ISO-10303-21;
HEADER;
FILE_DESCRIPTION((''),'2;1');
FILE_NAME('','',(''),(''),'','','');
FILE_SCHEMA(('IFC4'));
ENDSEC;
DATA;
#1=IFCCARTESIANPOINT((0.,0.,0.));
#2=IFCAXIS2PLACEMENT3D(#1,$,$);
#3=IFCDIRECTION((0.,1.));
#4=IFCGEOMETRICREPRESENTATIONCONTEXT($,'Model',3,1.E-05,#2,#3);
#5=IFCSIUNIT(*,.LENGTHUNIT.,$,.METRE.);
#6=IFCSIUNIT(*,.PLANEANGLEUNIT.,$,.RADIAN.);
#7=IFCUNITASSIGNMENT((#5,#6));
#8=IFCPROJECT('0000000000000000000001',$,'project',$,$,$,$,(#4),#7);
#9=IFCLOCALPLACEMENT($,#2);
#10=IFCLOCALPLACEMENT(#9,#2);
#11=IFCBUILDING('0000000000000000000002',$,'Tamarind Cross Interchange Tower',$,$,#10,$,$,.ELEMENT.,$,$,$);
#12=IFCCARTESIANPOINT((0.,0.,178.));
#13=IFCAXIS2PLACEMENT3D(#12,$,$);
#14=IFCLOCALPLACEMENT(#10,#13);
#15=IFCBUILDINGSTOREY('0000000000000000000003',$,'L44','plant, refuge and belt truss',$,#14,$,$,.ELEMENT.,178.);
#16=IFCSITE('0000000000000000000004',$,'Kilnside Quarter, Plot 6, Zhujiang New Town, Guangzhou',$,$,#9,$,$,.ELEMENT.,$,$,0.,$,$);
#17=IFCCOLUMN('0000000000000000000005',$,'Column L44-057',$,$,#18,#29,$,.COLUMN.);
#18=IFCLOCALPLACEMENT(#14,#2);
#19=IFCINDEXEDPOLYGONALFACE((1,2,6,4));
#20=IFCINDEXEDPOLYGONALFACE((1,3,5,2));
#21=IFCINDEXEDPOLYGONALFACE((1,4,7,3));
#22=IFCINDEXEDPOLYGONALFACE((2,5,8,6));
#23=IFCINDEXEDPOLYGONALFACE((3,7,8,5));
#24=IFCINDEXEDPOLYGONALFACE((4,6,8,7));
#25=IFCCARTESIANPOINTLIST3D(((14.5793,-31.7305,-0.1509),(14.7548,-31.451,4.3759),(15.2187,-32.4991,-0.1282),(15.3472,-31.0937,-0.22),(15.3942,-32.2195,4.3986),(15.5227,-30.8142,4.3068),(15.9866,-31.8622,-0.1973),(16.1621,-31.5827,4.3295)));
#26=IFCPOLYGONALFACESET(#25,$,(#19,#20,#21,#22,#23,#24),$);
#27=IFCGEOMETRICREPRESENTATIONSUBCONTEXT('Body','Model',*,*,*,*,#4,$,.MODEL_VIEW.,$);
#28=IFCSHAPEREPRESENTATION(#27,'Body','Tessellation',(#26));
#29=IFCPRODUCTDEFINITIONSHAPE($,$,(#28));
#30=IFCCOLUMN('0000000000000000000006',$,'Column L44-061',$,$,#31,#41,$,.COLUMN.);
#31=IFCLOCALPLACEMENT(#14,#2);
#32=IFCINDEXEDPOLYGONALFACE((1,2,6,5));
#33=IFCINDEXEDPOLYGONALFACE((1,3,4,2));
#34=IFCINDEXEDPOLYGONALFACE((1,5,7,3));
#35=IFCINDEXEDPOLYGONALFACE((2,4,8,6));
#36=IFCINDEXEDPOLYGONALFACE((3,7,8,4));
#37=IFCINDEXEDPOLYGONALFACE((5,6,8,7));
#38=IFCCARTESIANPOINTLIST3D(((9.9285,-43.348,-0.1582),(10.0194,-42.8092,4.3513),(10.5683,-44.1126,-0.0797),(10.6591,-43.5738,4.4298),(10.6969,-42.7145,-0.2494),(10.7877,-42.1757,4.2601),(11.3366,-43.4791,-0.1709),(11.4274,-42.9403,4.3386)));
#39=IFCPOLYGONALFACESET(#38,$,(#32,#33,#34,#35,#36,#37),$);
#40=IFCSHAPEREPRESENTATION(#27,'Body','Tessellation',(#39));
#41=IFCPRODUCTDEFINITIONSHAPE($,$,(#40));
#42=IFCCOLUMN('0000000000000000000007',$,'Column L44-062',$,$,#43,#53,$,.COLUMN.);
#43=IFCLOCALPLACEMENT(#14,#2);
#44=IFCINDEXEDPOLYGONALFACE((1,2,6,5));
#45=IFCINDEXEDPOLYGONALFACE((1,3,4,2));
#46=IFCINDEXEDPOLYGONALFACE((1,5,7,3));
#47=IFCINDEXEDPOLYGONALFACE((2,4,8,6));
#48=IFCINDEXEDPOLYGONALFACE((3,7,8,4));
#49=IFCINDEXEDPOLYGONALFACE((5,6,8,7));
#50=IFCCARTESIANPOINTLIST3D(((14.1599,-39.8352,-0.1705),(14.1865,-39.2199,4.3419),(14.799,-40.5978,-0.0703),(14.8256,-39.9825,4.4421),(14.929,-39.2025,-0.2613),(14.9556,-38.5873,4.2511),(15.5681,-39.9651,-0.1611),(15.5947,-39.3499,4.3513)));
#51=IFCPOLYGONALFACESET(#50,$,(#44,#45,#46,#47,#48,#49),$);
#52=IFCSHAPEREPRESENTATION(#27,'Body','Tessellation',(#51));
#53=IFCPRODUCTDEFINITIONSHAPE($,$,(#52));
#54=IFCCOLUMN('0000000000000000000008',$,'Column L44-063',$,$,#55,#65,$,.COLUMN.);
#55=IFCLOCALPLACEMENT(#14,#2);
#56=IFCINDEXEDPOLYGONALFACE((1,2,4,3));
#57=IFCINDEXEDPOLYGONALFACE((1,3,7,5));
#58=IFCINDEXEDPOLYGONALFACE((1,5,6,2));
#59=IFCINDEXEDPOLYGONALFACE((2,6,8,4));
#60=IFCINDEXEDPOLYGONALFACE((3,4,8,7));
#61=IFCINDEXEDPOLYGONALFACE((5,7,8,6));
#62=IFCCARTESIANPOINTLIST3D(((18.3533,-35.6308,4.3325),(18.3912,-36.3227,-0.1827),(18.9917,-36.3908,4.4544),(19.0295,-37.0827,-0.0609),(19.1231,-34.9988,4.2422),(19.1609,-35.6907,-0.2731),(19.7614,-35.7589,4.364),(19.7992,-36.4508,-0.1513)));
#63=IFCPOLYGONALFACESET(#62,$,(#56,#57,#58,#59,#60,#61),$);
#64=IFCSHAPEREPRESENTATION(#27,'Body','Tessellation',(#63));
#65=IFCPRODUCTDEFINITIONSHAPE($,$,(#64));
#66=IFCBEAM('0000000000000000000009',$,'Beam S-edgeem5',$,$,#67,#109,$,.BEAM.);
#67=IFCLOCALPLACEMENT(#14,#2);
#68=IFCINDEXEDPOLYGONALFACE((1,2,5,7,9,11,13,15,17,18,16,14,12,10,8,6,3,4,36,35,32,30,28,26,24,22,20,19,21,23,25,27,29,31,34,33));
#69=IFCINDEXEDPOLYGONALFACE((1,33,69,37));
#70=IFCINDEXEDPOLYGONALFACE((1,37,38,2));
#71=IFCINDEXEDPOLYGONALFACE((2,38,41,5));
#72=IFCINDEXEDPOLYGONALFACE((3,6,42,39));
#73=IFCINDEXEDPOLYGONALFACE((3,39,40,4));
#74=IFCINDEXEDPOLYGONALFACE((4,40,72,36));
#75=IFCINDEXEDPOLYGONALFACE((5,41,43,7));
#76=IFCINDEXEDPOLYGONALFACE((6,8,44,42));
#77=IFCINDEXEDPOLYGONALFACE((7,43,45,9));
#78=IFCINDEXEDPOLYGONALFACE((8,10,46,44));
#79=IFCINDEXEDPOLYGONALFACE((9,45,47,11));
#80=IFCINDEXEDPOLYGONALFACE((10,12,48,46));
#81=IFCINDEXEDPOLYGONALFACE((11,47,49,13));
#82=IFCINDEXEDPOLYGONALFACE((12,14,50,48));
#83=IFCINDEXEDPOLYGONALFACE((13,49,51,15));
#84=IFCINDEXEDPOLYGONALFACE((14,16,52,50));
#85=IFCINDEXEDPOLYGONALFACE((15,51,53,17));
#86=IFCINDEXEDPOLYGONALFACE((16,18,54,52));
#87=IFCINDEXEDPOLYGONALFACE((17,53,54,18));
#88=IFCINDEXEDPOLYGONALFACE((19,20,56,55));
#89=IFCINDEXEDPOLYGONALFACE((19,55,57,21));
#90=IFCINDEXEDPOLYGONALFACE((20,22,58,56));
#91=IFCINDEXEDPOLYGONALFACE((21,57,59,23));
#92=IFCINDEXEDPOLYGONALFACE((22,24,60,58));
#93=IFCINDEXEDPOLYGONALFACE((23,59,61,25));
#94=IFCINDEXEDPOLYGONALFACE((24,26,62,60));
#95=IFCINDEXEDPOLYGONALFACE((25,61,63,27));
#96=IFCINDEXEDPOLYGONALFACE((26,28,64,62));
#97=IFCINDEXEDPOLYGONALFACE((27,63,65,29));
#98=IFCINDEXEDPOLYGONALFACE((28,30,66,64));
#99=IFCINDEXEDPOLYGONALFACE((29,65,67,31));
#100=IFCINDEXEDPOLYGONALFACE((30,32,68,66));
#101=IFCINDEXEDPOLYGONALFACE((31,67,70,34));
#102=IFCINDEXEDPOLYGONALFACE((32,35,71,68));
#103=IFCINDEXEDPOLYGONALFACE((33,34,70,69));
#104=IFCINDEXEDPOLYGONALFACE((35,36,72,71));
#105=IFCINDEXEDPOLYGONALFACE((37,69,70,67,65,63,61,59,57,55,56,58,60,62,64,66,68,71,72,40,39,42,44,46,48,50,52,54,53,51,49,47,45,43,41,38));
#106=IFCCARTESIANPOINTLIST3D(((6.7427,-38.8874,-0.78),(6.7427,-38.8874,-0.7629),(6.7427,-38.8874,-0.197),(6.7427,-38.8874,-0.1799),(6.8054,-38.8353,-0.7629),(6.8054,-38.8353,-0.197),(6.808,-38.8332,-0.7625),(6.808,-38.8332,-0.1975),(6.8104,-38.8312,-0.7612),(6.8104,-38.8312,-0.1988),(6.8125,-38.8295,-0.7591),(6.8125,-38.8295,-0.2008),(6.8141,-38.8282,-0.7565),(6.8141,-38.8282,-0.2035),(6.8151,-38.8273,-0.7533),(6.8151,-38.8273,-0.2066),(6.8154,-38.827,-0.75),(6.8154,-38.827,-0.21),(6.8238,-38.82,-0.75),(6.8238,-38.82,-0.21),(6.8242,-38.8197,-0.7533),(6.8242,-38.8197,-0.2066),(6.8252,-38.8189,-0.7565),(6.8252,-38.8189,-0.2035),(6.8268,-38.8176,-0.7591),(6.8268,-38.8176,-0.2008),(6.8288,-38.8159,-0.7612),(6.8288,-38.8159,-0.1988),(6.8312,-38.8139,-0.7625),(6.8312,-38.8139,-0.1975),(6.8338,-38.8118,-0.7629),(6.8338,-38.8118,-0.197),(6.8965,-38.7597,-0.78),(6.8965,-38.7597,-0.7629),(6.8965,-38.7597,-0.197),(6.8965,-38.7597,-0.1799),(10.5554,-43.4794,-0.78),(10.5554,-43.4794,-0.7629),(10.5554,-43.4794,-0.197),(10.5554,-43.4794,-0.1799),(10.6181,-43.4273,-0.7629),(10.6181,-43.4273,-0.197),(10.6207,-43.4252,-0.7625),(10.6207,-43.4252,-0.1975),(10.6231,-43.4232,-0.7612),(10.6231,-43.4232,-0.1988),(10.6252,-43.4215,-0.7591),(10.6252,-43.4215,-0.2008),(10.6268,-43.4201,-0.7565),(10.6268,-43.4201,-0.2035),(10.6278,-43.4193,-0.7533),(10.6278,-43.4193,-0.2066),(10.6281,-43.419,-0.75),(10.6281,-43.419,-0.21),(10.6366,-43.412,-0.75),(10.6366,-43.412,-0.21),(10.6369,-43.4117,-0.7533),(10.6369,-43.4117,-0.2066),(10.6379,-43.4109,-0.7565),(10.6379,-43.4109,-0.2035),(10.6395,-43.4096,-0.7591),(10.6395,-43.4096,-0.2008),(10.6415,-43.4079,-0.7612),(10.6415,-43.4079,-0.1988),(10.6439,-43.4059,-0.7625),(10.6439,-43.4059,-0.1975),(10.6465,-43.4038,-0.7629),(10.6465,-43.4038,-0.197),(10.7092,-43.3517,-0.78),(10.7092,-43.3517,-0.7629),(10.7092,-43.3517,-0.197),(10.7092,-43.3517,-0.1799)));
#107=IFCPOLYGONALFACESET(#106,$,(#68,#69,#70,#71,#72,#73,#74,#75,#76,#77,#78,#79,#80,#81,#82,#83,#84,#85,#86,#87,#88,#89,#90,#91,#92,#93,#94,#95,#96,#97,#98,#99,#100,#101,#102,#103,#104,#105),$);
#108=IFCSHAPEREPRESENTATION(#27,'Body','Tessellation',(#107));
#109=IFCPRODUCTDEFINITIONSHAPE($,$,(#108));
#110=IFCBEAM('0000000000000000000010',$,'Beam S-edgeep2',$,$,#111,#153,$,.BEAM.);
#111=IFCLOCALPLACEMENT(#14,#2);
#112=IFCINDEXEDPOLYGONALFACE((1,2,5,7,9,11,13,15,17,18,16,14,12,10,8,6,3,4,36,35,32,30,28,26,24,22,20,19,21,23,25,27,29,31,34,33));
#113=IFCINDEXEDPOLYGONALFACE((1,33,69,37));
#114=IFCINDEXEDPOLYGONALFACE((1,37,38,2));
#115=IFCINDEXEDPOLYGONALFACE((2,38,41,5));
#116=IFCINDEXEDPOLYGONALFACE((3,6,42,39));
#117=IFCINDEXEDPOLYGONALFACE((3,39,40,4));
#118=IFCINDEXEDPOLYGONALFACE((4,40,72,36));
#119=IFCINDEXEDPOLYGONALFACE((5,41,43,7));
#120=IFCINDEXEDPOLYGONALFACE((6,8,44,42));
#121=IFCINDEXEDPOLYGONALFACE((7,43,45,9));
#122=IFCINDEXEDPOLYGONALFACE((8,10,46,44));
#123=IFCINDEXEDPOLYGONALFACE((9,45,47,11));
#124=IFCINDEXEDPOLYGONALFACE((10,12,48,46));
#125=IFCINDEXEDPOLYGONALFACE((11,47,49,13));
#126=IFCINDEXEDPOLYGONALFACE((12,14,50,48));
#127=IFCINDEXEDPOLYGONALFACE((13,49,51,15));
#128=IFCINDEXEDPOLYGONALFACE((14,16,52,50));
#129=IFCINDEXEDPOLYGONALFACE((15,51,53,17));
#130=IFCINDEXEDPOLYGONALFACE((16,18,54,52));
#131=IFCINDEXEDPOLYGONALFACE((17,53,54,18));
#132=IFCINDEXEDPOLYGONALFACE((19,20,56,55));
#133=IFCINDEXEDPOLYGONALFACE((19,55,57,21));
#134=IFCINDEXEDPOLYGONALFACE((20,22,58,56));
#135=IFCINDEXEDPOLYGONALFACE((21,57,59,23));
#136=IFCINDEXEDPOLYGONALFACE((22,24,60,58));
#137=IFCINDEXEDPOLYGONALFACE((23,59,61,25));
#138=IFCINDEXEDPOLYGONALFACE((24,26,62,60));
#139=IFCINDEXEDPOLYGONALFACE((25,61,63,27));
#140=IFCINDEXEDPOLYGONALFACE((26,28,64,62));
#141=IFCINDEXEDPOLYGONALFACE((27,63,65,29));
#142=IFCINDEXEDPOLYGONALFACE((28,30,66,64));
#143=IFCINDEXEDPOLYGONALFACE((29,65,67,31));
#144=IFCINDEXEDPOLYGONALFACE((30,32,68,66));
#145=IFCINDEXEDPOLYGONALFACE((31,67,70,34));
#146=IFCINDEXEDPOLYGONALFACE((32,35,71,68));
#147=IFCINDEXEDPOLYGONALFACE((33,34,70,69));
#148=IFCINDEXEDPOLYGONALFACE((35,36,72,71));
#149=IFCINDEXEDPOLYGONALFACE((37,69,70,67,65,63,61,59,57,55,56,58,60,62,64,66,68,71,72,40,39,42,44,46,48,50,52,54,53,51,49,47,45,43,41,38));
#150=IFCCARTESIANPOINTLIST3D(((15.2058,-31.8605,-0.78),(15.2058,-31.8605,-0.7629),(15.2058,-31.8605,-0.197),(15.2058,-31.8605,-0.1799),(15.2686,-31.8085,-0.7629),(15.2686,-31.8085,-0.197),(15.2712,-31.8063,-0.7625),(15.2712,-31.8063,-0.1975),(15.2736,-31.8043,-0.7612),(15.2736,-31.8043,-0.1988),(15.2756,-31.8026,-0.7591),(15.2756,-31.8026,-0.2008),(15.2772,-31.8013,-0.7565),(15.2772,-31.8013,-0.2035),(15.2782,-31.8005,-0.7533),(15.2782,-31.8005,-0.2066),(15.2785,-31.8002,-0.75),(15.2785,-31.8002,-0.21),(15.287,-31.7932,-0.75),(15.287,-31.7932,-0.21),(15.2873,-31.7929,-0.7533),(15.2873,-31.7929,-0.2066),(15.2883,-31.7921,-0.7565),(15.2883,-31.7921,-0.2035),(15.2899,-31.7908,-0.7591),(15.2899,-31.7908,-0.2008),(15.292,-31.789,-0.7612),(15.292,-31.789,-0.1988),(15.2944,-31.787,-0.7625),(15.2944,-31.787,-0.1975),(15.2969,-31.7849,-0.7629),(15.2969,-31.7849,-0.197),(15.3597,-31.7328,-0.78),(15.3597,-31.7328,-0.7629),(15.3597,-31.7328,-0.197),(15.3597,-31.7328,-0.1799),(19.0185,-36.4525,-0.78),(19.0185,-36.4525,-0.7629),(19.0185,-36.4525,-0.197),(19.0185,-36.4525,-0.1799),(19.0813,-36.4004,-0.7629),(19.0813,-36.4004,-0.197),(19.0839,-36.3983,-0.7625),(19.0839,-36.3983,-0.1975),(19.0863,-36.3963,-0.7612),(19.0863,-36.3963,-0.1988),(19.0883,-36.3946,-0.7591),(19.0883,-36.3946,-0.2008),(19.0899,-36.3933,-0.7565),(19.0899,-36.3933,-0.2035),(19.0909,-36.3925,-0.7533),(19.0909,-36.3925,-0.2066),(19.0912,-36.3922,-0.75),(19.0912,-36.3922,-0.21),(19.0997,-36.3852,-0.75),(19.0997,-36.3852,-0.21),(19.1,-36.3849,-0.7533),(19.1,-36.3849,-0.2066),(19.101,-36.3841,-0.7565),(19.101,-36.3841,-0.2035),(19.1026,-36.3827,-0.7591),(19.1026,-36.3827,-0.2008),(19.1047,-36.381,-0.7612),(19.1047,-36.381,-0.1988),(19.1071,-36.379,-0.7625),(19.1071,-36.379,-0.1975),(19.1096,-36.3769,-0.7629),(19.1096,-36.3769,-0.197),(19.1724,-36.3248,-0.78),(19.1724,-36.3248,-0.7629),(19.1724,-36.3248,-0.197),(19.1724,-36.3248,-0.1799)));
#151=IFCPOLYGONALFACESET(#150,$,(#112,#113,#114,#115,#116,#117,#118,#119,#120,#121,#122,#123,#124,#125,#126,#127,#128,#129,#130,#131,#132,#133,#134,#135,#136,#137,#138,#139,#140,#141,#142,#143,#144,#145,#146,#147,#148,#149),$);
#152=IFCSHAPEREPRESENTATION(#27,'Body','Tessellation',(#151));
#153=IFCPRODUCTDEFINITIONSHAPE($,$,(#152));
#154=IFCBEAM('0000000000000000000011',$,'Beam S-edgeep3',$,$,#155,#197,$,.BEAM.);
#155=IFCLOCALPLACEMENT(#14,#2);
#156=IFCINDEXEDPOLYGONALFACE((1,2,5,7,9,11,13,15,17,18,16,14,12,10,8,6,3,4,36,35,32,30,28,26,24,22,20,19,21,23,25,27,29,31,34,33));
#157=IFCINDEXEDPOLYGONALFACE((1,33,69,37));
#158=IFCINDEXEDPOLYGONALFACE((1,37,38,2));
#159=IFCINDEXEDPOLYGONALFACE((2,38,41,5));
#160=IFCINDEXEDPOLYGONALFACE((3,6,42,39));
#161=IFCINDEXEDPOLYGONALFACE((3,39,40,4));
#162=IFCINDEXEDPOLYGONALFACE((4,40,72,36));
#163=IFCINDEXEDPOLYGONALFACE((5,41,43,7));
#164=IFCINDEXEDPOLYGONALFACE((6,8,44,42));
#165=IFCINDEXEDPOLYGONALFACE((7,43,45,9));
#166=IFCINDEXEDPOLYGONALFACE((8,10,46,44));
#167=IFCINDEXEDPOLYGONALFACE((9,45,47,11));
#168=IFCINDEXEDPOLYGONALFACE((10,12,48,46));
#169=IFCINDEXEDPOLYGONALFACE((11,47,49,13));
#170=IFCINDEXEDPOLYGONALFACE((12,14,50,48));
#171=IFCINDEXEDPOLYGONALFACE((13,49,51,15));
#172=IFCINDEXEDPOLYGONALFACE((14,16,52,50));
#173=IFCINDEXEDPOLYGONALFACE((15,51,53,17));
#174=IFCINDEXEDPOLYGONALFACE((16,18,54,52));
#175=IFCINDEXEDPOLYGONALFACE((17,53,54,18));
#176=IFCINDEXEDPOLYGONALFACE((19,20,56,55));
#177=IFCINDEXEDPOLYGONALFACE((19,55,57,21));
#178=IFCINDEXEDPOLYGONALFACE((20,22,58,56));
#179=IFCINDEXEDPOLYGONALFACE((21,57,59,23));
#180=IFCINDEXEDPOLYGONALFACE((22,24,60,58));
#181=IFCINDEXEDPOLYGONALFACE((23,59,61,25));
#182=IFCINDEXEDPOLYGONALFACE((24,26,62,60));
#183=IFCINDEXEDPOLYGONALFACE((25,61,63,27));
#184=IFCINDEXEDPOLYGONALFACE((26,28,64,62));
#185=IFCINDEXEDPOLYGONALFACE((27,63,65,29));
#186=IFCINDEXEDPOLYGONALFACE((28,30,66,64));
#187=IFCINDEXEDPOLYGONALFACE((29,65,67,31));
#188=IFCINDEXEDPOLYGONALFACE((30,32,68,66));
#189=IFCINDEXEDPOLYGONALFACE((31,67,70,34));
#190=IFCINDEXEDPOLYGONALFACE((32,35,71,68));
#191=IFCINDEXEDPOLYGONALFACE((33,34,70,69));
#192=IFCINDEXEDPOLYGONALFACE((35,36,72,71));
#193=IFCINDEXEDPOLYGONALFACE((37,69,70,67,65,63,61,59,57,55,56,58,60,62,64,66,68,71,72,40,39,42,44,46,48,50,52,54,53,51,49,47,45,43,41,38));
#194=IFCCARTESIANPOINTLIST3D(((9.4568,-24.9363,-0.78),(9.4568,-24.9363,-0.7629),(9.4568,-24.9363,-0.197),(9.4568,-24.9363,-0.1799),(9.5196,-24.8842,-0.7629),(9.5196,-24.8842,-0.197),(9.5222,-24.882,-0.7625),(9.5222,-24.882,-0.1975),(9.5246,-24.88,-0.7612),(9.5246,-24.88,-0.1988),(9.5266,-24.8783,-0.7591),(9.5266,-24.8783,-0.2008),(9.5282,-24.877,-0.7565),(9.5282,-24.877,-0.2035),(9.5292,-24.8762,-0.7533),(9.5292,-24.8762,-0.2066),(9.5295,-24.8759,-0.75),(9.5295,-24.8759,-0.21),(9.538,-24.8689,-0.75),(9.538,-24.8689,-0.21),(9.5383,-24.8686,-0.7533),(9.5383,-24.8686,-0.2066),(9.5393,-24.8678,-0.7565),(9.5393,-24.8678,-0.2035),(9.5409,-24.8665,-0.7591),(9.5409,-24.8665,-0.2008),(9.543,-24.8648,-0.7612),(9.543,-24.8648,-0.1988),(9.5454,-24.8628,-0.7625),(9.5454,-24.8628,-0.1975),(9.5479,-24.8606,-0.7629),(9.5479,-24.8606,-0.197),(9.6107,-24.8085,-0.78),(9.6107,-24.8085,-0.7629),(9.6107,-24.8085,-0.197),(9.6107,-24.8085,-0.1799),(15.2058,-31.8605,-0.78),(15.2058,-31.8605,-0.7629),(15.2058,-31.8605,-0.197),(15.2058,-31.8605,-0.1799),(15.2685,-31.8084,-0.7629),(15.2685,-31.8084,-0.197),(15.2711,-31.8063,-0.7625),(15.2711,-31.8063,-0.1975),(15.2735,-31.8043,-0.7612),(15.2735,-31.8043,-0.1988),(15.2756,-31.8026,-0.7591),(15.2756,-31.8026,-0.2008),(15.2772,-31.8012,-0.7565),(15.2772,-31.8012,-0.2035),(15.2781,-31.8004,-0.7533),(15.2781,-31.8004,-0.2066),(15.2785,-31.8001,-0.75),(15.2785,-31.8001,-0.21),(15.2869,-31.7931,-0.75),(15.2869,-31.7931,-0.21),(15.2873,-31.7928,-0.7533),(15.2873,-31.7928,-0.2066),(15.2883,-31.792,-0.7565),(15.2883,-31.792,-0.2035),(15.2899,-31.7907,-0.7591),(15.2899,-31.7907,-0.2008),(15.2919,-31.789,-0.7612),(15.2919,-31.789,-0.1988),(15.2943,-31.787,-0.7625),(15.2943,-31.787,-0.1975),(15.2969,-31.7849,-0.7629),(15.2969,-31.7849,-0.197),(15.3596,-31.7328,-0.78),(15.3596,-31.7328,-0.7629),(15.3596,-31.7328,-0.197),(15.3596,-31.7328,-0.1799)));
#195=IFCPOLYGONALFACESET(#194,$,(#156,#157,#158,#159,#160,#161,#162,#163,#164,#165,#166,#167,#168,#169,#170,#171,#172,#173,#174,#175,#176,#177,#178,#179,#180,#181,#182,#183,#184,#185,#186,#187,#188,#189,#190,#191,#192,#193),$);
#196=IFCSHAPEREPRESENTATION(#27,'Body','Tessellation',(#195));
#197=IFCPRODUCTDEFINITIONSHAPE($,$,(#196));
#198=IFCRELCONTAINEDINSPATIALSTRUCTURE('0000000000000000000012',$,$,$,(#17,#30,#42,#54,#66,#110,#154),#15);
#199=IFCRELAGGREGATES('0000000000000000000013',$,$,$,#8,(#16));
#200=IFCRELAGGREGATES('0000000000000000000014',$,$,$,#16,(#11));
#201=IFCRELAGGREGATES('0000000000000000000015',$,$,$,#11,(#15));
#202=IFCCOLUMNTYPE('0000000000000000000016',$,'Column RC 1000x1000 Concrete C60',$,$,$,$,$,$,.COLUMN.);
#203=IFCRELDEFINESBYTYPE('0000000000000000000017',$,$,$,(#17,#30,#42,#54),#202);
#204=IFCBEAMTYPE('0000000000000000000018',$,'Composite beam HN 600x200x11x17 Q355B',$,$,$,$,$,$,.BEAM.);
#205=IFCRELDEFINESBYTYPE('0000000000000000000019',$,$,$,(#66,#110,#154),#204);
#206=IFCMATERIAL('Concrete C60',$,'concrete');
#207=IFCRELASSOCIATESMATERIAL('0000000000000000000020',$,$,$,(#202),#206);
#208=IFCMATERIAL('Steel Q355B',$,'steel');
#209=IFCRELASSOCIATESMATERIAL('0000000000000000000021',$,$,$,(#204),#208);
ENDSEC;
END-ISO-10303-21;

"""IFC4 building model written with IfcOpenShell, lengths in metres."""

from ifc_helpers import new_model, si_unit, direction, frame, origin, origin_2d, place, context, subcontext, project, spatial, rectangle, i_section, extrude, material, material_profile, profile_set, type_object, element, save


model = new_model("IFC4")

# Units and contexts
model_context = context("Model", 3, precision=1e-05, world=origin(), true_north=direction((0.0, 1.0)))
body_context = subcontext(model_context, "Body", "Model", "MODEL_VIEW")
ifc_project = project(units=[si_unit("LENGTHUNIT", "METRE"), si_unit("PLANEANGLEUNIT", "RADIAN")], contexts=[model_context])

# Site, building, storey
site_placement = place(None, origin())
site = spatial("IfcSite", under=ifc_project, at=site_placement, Name="Kilnside Quarter, Plot 6, Zhujiang New Town, Guangzhou", CompositionType="ELEMENT", RefElevation=0.0)
building_placement = place(site_placement, origin())
building = spatial("IfcBuilding", under=site, at=building_placement, Name="Tamarind Cross Interchange Tower", CompositionType="ELEMENT")
storey_placement = place(building_placement, frame((0.0, 0.0, 178.0)))
storey = spatial("IfcBuildingStorey", under=building, at=storey_placement, Name="L44", Description="plant, refuge and belt truss", CompositionType="ELEMENT", Elevation=178.0)

# Columns
ifc_material_1 = material(Name="Concrete C60", Category="concrete")
ifc_material_profile_1 = material_profile(ifc_material_1, rectangle(XDim=1.0, YDim=1.0, at=origin_2d()), Name="RC 1000x1000")
ifc_profile_set_1 = profile_set([ifc_material_profile_1], Name="Concrete C60")
column_type = type_object("IfcColumnType", Name="Column RC 1000x1000 Concrete C60", PredefinedType="COLUMN", material=ifc_profile_set_1)
column_1_placement = place(storey_placement, frame((15.283, -31.7964, -0.1741), z_axis=(0.038674, 0.061588, 0.997352), x_axis=(-0.7679, -0.636831, 0.069102)))
element("IfcColumn", 1, at=column_1_placement, inside=storey, type_object=column_type, Name="Column L44-057", PredefinedType="COLUMN", context=body_context, shape_type="SweptSolid", body=[
    extrude(rectangle(XDim=1.0, YDim=1.0, at=origin_2d()), origin(), (0.0, 0.0, 1.0), 4.5388),
])
column_2_placement = place(storey_placement, frame((10.6326, -43.4136, -0.1646), z_axis=(0.019993, 0.118617, 0.992739), x_axis=(-0.768334, -0.633522, 0.09117)))
element("IfcColumn", 2, at=column_2_placement, inside=storey, type_object=column_type, Name="Column L44-061", PredefinedType="COLUMN", context=body_context, shape_type="SweptSolid", body=[
    extrude(rectangle(XDim=1.0, YDim=1.0, at=origin_2d()), origin(), (0.0, 0.0, 1.0), 4.5425),
])
column_3_placement = place(storey_placement, frame((14.864, -39.9001, -0.1658), z_axis=(0.005843, 0.135089, 0.990816), x_axis=(-0.769118, -0.632626, 0.090789)))
element("IfcColumn", 3, at=column_3_placement, inside=storey, type_object=column_type, Name="Column L44-062", PredefinedType="COLUMN", context=body_context, shape_type="SweptSolid", body=[
    extrude(rectangle(XDim=1.0, YDim=1.0, at=origin_2d()), origin(), (0.0, 0.0, 1.0), 4.5542),
])
column_4_placement = place(storey_placement, frame((19.0952, -36.3867, -0.167), z_axis=(-0.008284, 0.151466, 0.988428), x_axis=(-0.769718, -0.631952, 0.090389)))
element("IfcColumn", 4, at=column_4_placement, inside=storey, type_object=column_type, Name="Column L44-063", PredefinedType="COLUMN", context=body_context, shape_type="SweptSolid", body=[
    extrude(rectangle(XDim=1.0, YDim=1.0, at=origin_2d()), origin(), (0.0, 0.0, 1.0), 4.5681),
])

# Beams
ifc_material_2 = material(Name="Steel Q355B", Category="steel")
ifc_material_profile_2 = material_profile(ifc_material_2, i_section(OverallWidth=0.2, OverallDepth=0.6001, WebThickness=0.011, FlangeThickness=0.0171, FilletRadius=0.0129, at=origin_2d()), Name="HN 600x200x11x17")
ifc_profile_set_2 = profile_set([ifc_material_profile_2], Name="Steel Q355B")
beam_type_1 = type_object("IfcBeamType", Name="Composite beam HN 600x200x11x17 Q355B", PredefinedType="BEAM", material=ifc_profile_set_2)
for number, where, z_axis, x_axis, name in (
    (5, (10.6323, -43.4155, -0.48), (-0.638803, 0.76937, 0.0), (-0.76937, -0.638803, 0.0), "Beam S-edgeem5"),
    (6, (19.0955, -36.3887, -0.48), (-0.638803, 0.76937, 0.0), (-0.76937, -0.638803, 0.0), "Beam S-edgeep2"),
):
    element("IfcBeam", number, at=place(storey_placement, frame(where, z_axis=z_axis, x_axis=x_axis)), inside=storey, type_object=beam_type_1, Name=name, PredefinedType="BEAM", context=body_context, shape_type="SweptSolid", body=[
        extrude(i_section(OverallWidth=0.2, OverallDepth=0.6001, WebThickness=0.011, FlangeThickness=0.0171, FilletRadius=0.0129, at=origin_2d()), origin(), (0.0, 0.0, 1.0), 5.9685),
    ])
beam_1_placement = place(storey_placement, frame((15.2827, -31.7966, -0.48), z_axis=(-0.638791, 0.769381, 0.0), x_axis=(-0.769381, -0.638791, 0.0)))
element("IfcBeam", 7, at=beam_1_placement, inside=storey, type_object=beam_type_1, Name="Beam S-edgeep3", PredefinedType="BEAM", context=body_context, shape_type="SweptSolid", body=[
    extrude(i_section(OverallWidth=0.2, OverallDepth=0.6001, WebThickness=0.011, FlangeThickness=0.0171, FilletRadius=0.0129, at=origin_2d()), origin(), (0.0, 0.0, 1.0), 8.9998),
])

save(model, "model.ifc")
